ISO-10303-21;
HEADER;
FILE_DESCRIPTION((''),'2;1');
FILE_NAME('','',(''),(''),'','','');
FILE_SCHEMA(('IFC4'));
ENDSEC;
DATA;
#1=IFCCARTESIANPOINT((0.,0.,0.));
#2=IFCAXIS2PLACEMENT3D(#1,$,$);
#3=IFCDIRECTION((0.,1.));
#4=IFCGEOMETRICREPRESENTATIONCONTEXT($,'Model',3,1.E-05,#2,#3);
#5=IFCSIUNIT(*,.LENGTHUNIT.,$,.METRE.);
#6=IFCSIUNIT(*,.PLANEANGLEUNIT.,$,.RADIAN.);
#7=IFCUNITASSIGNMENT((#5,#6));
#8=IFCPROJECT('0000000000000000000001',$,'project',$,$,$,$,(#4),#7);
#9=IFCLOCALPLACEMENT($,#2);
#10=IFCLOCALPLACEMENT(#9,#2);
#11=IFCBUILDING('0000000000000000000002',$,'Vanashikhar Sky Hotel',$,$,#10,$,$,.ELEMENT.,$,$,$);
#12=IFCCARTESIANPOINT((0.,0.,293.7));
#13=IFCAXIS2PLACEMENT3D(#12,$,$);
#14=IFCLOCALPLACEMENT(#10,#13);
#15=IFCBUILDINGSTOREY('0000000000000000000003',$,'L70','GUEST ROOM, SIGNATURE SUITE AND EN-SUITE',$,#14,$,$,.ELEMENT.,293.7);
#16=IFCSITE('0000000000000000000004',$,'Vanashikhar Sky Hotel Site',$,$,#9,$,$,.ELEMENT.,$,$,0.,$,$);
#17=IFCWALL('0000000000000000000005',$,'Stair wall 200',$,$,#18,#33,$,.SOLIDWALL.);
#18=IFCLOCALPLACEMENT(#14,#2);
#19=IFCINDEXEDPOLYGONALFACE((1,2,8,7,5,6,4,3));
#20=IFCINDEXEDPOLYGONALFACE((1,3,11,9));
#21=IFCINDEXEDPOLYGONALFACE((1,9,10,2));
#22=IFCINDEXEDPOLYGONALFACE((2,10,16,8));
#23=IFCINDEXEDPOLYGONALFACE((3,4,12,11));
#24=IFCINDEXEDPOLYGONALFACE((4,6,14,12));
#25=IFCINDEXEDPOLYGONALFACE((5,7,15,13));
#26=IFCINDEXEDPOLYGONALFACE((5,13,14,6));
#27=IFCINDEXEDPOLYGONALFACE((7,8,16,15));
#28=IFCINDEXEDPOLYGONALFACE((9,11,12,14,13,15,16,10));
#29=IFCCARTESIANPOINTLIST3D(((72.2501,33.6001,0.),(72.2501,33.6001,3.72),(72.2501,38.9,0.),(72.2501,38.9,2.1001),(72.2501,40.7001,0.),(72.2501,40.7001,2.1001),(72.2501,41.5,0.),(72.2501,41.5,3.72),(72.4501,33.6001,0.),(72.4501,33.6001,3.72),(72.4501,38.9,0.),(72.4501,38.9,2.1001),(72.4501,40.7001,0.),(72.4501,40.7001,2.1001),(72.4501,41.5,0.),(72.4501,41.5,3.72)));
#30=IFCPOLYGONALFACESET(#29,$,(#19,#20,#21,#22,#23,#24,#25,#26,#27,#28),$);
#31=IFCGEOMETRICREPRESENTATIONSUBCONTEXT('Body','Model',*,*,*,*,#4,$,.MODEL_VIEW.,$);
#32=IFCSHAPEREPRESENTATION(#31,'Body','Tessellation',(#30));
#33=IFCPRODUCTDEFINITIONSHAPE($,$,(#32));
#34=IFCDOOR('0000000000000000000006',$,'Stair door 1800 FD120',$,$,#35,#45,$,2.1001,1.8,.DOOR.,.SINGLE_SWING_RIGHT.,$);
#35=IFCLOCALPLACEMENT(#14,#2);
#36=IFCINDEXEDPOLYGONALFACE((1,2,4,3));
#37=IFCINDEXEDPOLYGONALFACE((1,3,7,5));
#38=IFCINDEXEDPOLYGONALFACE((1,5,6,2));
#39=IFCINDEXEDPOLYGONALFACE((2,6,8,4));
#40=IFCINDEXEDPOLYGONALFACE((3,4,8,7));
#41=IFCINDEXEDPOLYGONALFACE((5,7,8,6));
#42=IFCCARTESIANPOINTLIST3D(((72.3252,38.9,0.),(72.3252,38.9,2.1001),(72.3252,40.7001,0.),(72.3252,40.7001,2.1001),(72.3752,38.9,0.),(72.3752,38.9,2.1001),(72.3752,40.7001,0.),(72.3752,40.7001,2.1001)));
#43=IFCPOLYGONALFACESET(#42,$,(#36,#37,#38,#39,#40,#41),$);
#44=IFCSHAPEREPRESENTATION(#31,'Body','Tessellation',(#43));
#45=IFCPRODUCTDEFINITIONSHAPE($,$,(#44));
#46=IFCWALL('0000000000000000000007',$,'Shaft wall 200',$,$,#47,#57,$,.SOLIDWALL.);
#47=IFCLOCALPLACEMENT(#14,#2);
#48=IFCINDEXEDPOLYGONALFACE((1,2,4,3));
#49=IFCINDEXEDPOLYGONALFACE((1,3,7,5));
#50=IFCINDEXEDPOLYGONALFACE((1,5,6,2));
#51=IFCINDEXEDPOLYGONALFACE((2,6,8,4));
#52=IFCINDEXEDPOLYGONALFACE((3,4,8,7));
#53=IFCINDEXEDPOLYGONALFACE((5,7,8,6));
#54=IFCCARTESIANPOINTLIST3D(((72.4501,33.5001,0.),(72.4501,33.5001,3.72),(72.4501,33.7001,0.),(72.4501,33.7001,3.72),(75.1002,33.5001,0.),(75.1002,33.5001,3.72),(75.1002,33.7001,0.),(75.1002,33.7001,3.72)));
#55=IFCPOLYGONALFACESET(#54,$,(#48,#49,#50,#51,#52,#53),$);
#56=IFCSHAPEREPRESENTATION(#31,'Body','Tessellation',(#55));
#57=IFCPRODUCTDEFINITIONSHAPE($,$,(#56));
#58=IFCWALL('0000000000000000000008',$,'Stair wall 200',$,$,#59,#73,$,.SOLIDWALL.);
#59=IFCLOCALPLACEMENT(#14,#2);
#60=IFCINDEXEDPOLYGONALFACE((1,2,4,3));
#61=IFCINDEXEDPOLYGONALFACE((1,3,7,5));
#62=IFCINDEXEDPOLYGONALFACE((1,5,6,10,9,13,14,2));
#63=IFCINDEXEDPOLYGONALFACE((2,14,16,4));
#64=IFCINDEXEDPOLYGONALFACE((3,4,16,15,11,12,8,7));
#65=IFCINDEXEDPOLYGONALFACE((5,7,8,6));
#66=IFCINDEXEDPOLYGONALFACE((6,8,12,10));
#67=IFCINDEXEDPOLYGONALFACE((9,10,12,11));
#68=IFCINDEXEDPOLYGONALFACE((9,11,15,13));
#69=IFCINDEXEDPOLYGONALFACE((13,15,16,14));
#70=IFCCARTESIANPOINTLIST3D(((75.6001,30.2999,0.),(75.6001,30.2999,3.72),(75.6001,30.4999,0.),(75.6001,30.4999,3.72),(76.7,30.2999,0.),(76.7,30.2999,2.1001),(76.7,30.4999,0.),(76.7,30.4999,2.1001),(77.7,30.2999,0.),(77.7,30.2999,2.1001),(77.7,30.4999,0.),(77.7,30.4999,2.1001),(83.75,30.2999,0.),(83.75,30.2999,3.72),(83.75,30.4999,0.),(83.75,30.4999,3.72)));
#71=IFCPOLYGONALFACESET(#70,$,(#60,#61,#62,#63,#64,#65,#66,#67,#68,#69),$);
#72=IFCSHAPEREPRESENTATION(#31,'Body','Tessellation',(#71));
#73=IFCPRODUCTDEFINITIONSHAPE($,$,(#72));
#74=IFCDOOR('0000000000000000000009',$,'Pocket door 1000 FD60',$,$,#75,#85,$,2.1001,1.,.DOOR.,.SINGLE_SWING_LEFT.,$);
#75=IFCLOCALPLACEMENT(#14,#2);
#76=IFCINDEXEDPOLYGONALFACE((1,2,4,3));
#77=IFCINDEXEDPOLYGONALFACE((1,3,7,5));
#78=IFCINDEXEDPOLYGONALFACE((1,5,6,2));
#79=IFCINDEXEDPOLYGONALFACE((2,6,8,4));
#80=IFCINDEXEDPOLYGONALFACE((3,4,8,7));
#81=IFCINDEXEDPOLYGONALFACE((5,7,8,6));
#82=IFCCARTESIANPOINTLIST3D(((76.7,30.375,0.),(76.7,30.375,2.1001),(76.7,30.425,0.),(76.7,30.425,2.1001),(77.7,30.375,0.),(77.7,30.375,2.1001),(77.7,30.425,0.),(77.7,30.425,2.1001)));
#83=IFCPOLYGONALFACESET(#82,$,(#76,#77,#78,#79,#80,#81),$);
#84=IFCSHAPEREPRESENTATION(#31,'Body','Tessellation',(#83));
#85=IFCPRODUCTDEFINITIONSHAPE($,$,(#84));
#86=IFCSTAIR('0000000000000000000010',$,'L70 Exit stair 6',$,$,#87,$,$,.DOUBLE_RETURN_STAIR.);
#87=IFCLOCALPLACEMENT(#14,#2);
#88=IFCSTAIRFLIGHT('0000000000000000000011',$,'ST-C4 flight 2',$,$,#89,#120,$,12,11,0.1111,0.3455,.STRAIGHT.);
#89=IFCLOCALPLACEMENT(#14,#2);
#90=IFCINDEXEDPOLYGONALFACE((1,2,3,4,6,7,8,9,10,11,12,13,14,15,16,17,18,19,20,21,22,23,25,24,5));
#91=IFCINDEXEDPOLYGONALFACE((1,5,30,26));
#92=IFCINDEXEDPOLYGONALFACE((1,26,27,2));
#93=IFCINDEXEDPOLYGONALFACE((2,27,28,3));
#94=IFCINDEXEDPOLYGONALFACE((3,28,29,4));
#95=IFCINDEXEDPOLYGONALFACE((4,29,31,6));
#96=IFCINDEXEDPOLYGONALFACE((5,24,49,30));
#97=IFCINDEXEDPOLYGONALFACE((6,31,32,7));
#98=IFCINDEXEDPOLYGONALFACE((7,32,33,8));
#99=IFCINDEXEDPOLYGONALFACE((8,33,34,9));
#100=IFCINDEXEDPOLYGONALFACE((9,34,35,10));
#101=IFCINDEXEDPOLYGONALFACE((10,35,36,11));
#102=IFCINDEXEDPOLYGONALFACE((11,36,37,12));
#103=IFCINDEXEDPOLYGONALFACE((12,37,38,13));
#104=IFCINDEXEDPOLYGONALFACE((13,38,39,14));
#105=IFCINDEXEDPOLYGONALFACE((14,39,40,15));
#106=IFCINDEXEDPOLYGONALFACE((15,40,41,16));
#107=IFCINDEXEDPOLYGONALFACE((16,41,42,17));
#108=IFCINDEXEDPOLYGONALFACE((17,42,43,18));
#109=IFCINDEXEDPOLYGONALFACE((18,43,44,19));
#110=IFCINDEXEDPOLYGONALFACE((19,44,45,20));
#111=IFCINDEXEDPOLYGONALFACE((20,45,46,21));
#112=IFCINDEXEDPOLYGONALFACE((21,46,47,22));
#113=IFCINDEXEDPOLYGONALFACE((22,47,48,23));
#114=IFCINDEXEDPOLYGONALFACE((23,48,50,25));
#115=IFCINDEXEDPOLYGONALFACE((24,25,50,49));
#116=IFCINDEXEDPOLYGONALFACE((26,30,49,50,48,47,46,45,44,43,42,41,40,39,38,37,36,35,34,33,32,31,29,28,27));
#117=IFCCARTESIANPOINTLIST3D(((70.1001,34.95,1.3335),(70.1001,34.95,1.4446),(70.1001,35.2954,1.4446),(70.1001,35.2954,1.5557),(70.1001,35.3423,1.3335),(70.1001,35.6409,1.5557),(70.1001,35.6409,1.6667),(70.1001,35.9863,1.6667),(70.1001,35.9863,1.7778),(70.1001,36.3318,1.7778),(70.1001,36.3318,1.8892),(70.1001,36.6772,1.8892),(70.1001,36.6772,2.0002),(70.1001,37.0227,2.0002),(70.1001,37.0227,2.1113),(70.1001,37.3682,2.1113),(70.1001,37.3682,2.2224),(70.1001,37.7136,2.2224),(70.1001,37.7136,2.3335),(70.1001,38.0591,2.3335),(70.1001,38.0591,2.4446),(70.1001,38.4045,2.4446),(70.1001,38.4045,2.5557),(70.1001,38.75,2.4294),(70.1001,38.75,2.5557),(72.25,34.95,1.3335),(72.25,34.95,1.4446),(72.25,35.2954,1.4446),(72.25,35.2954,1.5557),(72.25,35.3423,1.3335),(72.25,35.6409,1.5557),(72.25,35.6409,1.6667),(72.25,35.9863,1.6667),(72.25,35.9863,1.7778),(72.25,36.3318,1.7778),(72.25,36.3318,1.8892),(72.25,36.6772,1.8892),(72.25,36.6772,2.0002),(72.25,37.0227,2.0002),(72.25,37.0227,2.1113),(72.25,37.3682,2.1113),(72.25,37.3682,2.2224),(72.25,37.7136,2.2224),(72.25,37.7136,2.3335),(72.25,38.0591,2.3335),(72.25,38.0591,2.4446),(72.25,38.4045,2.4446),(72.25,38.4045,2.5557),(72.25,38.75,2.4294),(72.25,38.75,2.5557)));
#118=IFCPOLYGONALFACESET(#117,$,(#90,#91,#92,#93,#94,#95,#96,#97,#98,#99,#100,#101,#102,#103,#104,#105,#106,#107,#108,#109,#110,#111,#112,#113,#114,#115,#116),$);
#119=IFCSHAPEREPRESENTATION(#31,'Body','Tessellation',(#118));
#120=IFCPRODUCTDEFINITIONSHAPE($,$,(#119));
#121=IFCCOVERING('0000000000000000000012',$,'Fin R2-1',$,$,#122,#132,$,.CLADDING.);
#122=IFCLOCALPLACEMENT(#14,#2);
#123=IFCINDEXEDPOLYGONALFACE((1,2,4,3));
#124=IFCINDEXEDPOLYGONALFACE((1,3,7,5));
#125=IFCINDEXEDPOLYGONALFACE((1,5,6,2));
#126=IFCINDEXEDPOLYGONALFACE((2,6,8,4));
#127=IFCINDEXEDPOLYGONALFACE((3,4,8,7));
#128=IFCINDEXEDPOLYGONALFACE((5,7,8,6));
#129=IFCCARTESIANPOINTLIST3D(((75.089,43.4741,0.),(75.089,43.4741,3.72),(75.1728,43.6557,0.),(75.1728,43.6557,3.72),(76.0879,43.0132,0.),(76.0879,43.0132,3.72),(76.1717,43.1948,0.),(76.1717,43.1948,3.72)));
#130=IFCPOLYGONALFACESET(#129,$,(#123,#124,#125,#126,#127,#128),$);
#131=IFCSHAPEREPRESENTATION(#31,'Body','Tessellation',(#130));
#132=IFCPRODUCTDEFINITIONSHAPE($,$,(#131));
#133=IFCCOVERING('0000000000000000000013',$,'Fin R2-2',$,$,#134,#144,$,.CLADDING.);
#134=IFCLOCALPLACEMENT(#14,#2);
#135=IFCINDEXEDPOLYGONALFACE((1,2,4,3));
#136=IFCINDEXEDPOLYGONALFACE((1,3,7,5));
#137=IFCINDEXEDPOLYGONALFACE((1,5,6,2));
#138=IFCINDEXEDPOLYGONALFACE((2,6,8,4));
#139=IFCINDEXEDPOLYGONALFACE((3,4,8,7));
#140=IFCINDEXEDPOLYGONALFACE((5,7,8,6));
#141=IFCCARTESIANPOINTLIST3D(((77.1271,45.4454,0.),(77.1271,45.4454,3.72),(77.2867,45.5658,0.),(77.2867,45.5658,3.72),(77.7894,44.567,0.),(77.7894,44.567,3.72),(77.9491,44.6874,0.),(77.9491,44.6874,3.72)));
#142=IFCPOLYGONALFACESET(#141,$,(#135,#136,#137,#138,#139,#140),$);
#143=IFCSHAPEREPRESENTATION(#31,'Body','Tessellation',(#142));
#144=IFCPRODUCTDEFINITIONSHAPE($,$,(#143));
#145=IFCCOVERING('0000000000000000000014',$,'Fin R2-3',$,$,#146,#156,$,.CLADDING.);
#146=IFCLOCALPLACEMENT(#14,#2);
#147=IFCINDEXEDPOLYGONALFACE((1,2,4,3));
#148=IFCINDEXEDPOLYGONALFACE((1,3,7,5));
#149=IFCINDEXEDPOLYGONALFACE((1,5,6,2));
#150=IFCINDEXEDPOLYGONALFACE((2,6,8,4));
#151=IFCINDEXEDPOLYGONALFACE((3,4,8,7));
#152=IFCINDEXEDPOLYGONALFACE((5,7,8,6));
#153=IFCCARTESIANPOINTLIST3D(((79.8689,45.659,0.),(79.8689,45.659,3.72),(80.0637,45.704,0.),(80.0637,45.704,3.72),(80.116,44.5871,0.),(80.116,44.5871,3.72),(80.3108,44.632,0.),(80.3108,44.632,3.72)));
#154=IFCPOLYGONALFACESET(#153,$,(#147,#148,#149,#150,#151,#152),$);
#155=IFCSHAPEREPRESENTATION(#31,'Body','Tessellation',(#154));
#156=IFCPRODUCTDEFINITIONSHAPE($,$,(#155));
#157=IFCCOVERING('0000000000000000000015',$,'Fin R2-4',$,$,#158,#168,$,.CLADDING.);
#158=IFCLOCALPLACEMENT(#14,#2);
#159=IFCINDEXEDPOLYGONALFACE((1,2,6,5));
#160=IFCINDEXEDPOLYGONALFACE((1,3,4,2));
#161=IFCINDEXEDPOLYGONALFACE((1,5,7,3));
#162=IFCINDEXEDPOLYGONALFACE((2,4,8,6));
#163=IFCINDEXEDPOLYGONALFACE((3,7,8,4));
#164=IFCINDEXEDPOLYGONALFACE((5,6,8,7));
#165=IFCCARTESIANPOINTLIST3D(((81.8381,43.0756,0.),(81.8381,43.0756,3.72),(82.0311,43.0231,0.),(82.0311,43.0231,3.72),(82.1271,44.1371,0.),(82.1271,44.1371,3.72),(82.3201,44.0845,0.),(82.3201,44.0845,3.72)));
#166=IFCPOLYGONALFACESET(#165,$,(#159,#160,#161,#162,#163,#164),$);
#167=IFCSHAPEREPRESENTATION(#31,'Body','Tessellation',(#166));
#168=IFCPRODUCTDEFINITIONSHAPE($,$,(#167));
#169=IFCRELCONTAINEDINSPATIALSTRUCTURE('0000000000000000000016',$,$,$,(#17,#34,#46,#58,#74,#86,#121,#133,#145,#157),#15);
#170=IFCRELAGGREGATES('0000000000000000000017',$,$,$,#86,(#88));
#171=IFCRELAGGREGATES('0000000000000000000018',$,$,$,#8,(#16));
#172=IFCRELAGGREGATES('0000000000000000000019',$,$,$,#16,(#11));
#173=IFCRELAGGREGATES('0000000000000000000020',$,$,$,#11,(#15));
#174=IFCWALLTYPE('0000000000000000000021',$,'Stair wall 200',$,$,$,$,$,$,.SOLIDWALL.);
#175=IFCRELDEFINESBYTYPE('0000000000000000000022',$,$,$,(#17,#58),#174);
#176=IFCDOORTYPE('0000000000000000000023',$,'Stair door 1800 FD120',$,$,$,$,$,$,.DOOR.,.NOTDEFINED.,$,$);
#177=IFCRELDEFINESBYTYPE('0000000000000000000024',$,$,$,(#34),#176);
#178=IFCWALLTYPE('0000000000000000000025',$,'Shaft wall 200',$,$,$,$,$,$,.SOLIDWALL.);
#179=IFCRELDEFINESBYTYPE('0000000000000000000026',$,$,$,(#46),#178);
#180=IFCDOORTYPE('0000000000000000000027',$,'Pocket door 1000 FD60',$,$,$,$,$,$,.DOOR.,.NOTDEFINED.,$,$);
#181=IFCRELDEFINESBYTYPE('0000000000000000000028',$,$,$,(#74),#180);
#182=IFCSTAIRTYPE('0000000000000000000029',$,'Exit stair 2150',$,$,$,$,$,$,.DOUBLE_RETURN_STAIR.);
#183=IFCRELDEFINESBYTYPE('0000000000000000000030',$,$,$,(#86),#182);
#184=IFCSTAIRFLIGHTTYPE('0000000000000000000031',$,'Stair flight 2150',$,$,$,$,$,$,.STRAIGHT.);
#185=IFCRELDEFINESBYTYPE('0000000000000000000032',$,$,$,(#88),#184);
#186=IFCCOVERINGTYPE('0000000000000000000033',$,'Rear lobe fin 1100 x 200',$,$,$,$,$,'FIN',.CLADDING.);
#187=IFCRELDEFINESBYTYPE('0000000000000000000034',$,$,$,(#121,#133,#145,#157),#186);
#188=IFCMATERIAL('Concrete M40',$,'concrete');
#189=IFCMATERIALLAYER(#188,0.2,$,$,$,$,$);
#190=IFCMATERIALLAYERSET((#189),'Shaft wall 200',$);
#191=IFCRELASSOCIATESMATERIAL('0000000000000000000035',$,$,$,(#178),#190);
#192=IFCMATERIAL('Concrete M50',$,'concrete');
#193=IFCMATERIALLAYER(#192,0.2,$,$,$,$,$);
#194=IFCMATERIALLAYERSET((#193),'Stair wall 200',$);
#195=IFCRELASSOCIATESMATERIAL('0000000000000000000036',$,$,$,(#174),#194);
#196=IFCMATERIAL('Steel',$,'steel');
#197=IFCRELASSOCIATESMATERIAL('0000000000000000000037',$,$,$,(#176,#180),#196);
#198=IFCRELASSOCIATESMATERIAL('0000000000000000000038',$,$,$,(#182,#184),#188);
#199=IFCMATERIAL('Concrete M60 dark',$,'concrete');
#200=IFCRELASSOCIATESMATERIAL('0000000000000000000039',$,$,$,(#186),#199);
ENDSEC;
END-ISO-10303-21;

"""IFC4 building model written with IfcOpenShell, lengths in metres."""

from ifc_helpers import new_model, si_unit, direction, frame, frame_2d, origin, origin_2d, place, context, subcontext, project, spatial, polyline, rectangle, outline, extrude, source, transform, mapped, material, layer, layer_set, material_profile, profile_set, type_object, element, fill, aggregate, save


model = new_model("IFC4")

# Units and contexts
model_context = context("Model", 3, precision=1e-05, world=origin(), true_north=direction((0.0, 1.0)))
body_context = subcontext(model_context, "Body", "Model", "MODEL_VIEW")
ifc_project = project(units=[si_unit("LENGTHUNIT", "METRE"), si_unit("PLANEANGLEUNIT", "RADIAN")], contexts=[model_context])

# Site, building, storey
site_placement = place(None, origin())
site = spatial("IfcSite", under=ifc_project, at=site_placement, Name="Vanashikhar Sky Hotel Site", CompositionType="ELEMENT", RefElevation=0.0)
building_placement = place(site_placement, origin())
building = spatial("IfcBuilding", under=site, at=building_placement, Name="Vanashikhar Sky Hotel", CompositionType="ELEMENT")
storey_placement = place(building_placement, frame((0.0, 0.0, 293.7)))
storey = spatial("IfcBuildingStorey", under=building, at=storey_placement, Name="L70", Description="GUEST ROOM, SIGNATURE SUITE AND EN-SUITE", CompositionType="ELEMENT", Elevation=293.7)

# Shared definitions
ifc_material_1 = material(Name="Concrete M50", Category="concrete")

# Shared definitions
ifc_material_2 = material(Name="Concrete M40", Category="concrete")
ifc_layer_1 = layer(ifc_material_2, 0.2)
ifc_layer_set_1 = layer_set([ifc_layer_1], Name="Shaft wall 200")
wall_type_1 = type_object("IfcWallType", Name="Shaft wall 200", PredefinedType="SOLIDWALL", material=ifc_layer_set_1)

# Wall, opening, door
ifc_layer_2 = layer(ifc_material_1, 0.2)
ifc_layer_set_2 = layer_set([ifc_layer_2], Name="Stair wall 200")
wall_type_2 = type_object("IfcWallType", Name="Stair wall 200", PredefinedType="SOLIDWALL", material=ifc_layer_set_2)
shared_shape_1 = source(origin(), body_context, "Body", "SweptSolid", [
    extrude(rectangle(XDim=7.8999, YDim=0.2, at=frame_2d((3.95, 0.0))), origin(), (0.0, 0.0, 1.0), 3.72),
])
wall_1_placement = place(storey_placement, frame((72.3501, 33.6001, 0.0), z_axis=(0.0, 0.0, 1.0), x_axis=(0.0, 1.0, 0.0)))
wall_1 = element("IfcWall", 1, at=wall_1_placement, inside=storey, type_object=wall_type_2, Name="Stair wall 200", PredefinedType="SOLIDWALL", context=body_context, shape_type="MappedRepresentation", body=[
    mapped(shared_shape_1, transform((0.0, 0.0, 0.0), scale=1.0)),
])
shared_shape_2 = source(origin(), body_context, "Body", "SweptSolid", [
    extrude(rectangle(XDim=1.8, YDim=2.1001, at=frame_2d((0.8999, 1.05))), frame((0.0, 0.1099, 0.0), z_axis=(0.0, -1.0, 0.0), x_axis=(1.0, 0.0, 0.0)), (0.0, 0.0, 1.0), 0.22),
])
opening_1_placement = place(wall_1_placement, frame((5.3, 0.0, 0.0)))
opening_1 = element("IfcOpeningElement", 2, at=opening_1_placement, cuts=wall_1, PredefinedType="OPENING", context=body_context, shape_type="MappedRepresentation", body=[
    mapped(shared_shape_2, transform((0.0, 0.0, 0.0), scale=1.0)),
])
ifc_material_3 = material(Name="Steel", Category="steel")
door_type_1 = type_object("IfcDoorType", Name="Stair door 1800 FD120", OperationType="NOTDEFINED", PredefinedType="DOOR", material=ifc_material_3)
shared_shape_3 = source(origin(), body_context, "Body", "SweptSolid", [
    extrude(rectangle(XDim=1.8, YDim=2.1001, at=frame_2d((0.8999, 1.05))), frame((0.0, 0.0249, 0.0), z_axis=(0.0, -1.0, 0.0), x_axis=(1.0, 0.0, 0.0)), (0.0, 0.0, 1.0), 0.05),
])
door_1_placement = place(opening_1_placement, origin())
door_1 = element("IfcDoor", 3, at=door_1_placement, inside=storey, type_object=door_type_1, Name="Stair door 1800 FD120", OperationType="SINGLE_SWING_RIGHT", OverallHeight=2.1001, OverallWidth=1.8, PredefinedType="DOOR", context=body_context, shape_type="MappedRepresentation", body=[
    mapped(shared_shape_3, transform((0.0, 0.0, 0.0), scale=1.0)),
])
fill(opening_1, door_1)

# Wall
shared_shape_4 = source(origin(), body_context, "Body", "SweptSolid", [
    extrude(rectangle(XDim=2.6501, YDim=0.2, at=frame_2d((1.3252, 0.0))), origin(), (0.0, 0.0, 1.0), 3.72),
])
wall_2_placement = place(storey_placement, frame((72.45, 33.6001, 0.0), z_axis=(0.0, 0.0, 1.0), x_axis=(1.0, 0.0, 0.0)))
element("IfcWall", 4, at=wall_2_placement, inside=storey, type_object=wall_type_1, Name="Shaft wall 200", PredefinedType="SOLIDWALL", context=body_context, shape_type="MappedRepresentation", body=[
    mapped(shared_shape_4, transform((0.0, 0.0, 0.0), scale=1.0)),
])

# Wall, opening, door
shared_shape_5 = source(origin(), body_context, "Body", "SweptSolid", [
    extrude(rectangle(XDim=8.1499, YDim=0.2, at=frame_2d((4.075, 0.0))), origin(), (0.0, 0.0, 1.0), 3.72),
])
wall_3_placement = place(storey_placement, frame((83.75, 30.3999, 0.0), z_axis=(0.0, 0.0, 1.0), x_axis=(-1.0, 0.0, 0.0)))
wall_3 = element("IfcWall", 5, at=wall_3_placement, inside=storey, type_object=wall_type_2, Name="Stair wall 200", PredefinedType="SOLIDWALL", context=body_context, shape_type="MappedRepresentation", body=[
    mapped(shared_shape_5, transform((0.0, 0.0, 0.0), scale=1.0)),
])
shared_shape_6 = source(origin(), body_context, "Body", "SweptSolid", [
    extrude(rectangle(XDim=1.0, YDim=2.1001, at=frame_2d((0.5, 1.05))), frame((0.0, 0.1099, 0.0), z_axis=(0.0, -1.0, 0.0), x_axis=(1.0, 0.0, 0.0)), (0.0, 0.0, 1.0), 0.22),
])
opening_2_placement = place(wall_3_placement, frame((6.05, 0.0, 0.0)))
opening_2 = element("IfcOpeningElement", 6, at=opening_2_placement, cuts=wall_3, PredefinedType="OPENING", context=body_context, shape_type="MappedRepresentation", body=[
    mapped(shared_shape_6, transform((0.0, 0.0, 0.0), scale=1.0)),
])
door_type_2 = type_object("IfcDoorType", Name="Pocket door 1000 FD60", OperationType="NOTDEFINED", PredefinedType="DOOR", material=ifc_material_3)
shared_shape_7 = source(origin(), body_context, "Body", "SweptSolid", [
    extrude(rectangle(XDim=1.0, YDim=2.1001, at=frame_2d((0.5, 1.05))), frame((0.0, 0.0249, 0.0), z_axis=(0.0, -1.0, 0.0), x_axis=(1.0, 0.0, 0.0)), (0.0, 0.0, 1.0), 0.05),
])
door_2_placement = place(opening_2_placement, origin())
door_2 = element("IfcDoor", 7, at=door_2_placement, inside=storey, type_object=door_type_2, Name="Pocket door 1000 FD60", OperationType="SINGLE_SWING_LEFT", OverallHeight=2.1001, OverallWidth=1.0, PredefinedType="DOOR", context=body_context, shape_type="MappedRepresentation", body=[
    mapped(shared_shape_7, transform((0.0, 0.0, 0.0), scale=1.0)),
])
fill(opening_2, door_2)

# Stair, stair flight
stair_type = type_object("IfcStairType", Name="Exit stair 2150", PredefinedType="DOUBLE_RETURN_STAIR", material=ifc_material_2)
stair_placement = place(storey_placement, origin())
stair = element("IfcStair", 8, at=stair_placement, inside=storey, type_object=stair_type, Name="L70 Exit stair 6", PredefinedType="DOUBLE_RETURN_STAIR")
stair_flight_type = type_object("IfcStairFlightType", Name="Stair flight 2150", PredefinedType="STRAIGHT", material=ifc_material_2)
shared_shape_8 = source(origin(), body_context, "Body", "SweptSolid", [
    extrude(outline(polyline([(0.0, 0.0), (0.0, 0.1111), (0.3455, 0.1111), (0.3455, 0.2222), (0.6909, 0.2222), (0.6909, 0.3333), (1.0364, 0.3333), (1.0364, 0.4443), (1.3818, 0.4443), (1.3818, 0.5557), (1.7273, 0.5557), (1.7273, 0.6667), (2.0728, 0.6667), (2.0728, 0.7778), (2.4182, 0.7778), (2.4182, 0.8889), (2.7637, 0.8889), (2.7637, 1.0), (3.1091, 1.0), (3.1091, 1.1111), (3.4546, 1.1111), (3.4546, 1.2222), (3.8, 1.2222), (3.8, 1.3333), (3.8, 1.0959), (0.3923, 0.0), (0.0, 0.0)])), frame((0.0, 1.075, 0.0), z_axis=(0.0, -1.0, 0.0), x_axis=(1.0, 0.0, 0.0)), (0.0, 0.0, 1.0), 2.1499),
])
stair_flight_placement = place(storey_placement, frame((71.175, 34.95, 1.3335), z_axis=(0.0, 0.0, 1.0), x_axis=(0.0, 1.0, 0.0)))
stair_flight = element("IfcStairFlight", 9, at=stair_flight_placement, type_object=stair_flight_type, Name="ST-C4 flight 2", NumberOfRisers=12, NumberOfTreads=11, PredefinedType="STRAIGHT", RiserHeight=0.1111, TreadLength=0.3455, context=body_context, shape_type="MappedRepresentation", body=[
    mapped(shared_shape_8, transform((0.0, 0.0, 0.0), scale=1.0)),
])
aggregate(stair, [stair_flight])

# Coverings
ifc_material_4 = material(Name="Concrete M60 dark", Category="concrete")
ifc_material_profile = material_profile(ifc_material_4, rectangle(XDim=1.1001, YDim=0.2, at=origin_2d()))
ifc_profile_set = profile_set([ifc_material_profile], Name="Rear lobe fin 1100 x 200")
covering_type = type_object("IfcCoveringType", Name="Rear lobe fin 1100 x 200", ElementType="FIN", PredefinedType="CLADDING", material=ifc_profile_set)
shared_shape_9 = source(origin(), body_context, "Body", "SweptSolid", [
    extrude(rectangle(XDim=1.1001, YDim=0.2, at=origin_2d()), origin(), (0.0, 0.0, 1.0), 3.72),
])
for number, where, z_axis, x_axis, name in (
    (10, (75.6304, 43.3345, 0.0), (0.0, 0.0, 1.0), (-0.908004, 0.418961, 0.0), "Fin R2-1"),
    (11, (77.5381, 45.0664, 0.0), (0.0, 0.0, 1.0), (-0.602066, 0.798446, 0.0), "Fin R2-2"),
    (12, (80.0898, 45.1455, 0.0), (0.0, 0.0, 1.0), (-0.224645, 0.974441, 0.0), "Fin R2-3"),
    (13, (82.0791, 43.5801, 0.0), (0.0, 0.0, 1.0), (0.262711, 0.964874, 0.0), "Fin R2-4"),
):
    element("IfcCovering", number, at=place(storey_placement, frame(where, z_axis=z_axis, x_axis=x_axis)), inside=storey, type_object=covering_type, Name=name, PredefinedType="CLADDING", context=body_context, shape_type="MappedRepresentation", body=[
        mapped(shared_shape_9, transform((0.0, 0.0, 0.0), scale=1.0)),
    ])

save(model, "model.ifc")
